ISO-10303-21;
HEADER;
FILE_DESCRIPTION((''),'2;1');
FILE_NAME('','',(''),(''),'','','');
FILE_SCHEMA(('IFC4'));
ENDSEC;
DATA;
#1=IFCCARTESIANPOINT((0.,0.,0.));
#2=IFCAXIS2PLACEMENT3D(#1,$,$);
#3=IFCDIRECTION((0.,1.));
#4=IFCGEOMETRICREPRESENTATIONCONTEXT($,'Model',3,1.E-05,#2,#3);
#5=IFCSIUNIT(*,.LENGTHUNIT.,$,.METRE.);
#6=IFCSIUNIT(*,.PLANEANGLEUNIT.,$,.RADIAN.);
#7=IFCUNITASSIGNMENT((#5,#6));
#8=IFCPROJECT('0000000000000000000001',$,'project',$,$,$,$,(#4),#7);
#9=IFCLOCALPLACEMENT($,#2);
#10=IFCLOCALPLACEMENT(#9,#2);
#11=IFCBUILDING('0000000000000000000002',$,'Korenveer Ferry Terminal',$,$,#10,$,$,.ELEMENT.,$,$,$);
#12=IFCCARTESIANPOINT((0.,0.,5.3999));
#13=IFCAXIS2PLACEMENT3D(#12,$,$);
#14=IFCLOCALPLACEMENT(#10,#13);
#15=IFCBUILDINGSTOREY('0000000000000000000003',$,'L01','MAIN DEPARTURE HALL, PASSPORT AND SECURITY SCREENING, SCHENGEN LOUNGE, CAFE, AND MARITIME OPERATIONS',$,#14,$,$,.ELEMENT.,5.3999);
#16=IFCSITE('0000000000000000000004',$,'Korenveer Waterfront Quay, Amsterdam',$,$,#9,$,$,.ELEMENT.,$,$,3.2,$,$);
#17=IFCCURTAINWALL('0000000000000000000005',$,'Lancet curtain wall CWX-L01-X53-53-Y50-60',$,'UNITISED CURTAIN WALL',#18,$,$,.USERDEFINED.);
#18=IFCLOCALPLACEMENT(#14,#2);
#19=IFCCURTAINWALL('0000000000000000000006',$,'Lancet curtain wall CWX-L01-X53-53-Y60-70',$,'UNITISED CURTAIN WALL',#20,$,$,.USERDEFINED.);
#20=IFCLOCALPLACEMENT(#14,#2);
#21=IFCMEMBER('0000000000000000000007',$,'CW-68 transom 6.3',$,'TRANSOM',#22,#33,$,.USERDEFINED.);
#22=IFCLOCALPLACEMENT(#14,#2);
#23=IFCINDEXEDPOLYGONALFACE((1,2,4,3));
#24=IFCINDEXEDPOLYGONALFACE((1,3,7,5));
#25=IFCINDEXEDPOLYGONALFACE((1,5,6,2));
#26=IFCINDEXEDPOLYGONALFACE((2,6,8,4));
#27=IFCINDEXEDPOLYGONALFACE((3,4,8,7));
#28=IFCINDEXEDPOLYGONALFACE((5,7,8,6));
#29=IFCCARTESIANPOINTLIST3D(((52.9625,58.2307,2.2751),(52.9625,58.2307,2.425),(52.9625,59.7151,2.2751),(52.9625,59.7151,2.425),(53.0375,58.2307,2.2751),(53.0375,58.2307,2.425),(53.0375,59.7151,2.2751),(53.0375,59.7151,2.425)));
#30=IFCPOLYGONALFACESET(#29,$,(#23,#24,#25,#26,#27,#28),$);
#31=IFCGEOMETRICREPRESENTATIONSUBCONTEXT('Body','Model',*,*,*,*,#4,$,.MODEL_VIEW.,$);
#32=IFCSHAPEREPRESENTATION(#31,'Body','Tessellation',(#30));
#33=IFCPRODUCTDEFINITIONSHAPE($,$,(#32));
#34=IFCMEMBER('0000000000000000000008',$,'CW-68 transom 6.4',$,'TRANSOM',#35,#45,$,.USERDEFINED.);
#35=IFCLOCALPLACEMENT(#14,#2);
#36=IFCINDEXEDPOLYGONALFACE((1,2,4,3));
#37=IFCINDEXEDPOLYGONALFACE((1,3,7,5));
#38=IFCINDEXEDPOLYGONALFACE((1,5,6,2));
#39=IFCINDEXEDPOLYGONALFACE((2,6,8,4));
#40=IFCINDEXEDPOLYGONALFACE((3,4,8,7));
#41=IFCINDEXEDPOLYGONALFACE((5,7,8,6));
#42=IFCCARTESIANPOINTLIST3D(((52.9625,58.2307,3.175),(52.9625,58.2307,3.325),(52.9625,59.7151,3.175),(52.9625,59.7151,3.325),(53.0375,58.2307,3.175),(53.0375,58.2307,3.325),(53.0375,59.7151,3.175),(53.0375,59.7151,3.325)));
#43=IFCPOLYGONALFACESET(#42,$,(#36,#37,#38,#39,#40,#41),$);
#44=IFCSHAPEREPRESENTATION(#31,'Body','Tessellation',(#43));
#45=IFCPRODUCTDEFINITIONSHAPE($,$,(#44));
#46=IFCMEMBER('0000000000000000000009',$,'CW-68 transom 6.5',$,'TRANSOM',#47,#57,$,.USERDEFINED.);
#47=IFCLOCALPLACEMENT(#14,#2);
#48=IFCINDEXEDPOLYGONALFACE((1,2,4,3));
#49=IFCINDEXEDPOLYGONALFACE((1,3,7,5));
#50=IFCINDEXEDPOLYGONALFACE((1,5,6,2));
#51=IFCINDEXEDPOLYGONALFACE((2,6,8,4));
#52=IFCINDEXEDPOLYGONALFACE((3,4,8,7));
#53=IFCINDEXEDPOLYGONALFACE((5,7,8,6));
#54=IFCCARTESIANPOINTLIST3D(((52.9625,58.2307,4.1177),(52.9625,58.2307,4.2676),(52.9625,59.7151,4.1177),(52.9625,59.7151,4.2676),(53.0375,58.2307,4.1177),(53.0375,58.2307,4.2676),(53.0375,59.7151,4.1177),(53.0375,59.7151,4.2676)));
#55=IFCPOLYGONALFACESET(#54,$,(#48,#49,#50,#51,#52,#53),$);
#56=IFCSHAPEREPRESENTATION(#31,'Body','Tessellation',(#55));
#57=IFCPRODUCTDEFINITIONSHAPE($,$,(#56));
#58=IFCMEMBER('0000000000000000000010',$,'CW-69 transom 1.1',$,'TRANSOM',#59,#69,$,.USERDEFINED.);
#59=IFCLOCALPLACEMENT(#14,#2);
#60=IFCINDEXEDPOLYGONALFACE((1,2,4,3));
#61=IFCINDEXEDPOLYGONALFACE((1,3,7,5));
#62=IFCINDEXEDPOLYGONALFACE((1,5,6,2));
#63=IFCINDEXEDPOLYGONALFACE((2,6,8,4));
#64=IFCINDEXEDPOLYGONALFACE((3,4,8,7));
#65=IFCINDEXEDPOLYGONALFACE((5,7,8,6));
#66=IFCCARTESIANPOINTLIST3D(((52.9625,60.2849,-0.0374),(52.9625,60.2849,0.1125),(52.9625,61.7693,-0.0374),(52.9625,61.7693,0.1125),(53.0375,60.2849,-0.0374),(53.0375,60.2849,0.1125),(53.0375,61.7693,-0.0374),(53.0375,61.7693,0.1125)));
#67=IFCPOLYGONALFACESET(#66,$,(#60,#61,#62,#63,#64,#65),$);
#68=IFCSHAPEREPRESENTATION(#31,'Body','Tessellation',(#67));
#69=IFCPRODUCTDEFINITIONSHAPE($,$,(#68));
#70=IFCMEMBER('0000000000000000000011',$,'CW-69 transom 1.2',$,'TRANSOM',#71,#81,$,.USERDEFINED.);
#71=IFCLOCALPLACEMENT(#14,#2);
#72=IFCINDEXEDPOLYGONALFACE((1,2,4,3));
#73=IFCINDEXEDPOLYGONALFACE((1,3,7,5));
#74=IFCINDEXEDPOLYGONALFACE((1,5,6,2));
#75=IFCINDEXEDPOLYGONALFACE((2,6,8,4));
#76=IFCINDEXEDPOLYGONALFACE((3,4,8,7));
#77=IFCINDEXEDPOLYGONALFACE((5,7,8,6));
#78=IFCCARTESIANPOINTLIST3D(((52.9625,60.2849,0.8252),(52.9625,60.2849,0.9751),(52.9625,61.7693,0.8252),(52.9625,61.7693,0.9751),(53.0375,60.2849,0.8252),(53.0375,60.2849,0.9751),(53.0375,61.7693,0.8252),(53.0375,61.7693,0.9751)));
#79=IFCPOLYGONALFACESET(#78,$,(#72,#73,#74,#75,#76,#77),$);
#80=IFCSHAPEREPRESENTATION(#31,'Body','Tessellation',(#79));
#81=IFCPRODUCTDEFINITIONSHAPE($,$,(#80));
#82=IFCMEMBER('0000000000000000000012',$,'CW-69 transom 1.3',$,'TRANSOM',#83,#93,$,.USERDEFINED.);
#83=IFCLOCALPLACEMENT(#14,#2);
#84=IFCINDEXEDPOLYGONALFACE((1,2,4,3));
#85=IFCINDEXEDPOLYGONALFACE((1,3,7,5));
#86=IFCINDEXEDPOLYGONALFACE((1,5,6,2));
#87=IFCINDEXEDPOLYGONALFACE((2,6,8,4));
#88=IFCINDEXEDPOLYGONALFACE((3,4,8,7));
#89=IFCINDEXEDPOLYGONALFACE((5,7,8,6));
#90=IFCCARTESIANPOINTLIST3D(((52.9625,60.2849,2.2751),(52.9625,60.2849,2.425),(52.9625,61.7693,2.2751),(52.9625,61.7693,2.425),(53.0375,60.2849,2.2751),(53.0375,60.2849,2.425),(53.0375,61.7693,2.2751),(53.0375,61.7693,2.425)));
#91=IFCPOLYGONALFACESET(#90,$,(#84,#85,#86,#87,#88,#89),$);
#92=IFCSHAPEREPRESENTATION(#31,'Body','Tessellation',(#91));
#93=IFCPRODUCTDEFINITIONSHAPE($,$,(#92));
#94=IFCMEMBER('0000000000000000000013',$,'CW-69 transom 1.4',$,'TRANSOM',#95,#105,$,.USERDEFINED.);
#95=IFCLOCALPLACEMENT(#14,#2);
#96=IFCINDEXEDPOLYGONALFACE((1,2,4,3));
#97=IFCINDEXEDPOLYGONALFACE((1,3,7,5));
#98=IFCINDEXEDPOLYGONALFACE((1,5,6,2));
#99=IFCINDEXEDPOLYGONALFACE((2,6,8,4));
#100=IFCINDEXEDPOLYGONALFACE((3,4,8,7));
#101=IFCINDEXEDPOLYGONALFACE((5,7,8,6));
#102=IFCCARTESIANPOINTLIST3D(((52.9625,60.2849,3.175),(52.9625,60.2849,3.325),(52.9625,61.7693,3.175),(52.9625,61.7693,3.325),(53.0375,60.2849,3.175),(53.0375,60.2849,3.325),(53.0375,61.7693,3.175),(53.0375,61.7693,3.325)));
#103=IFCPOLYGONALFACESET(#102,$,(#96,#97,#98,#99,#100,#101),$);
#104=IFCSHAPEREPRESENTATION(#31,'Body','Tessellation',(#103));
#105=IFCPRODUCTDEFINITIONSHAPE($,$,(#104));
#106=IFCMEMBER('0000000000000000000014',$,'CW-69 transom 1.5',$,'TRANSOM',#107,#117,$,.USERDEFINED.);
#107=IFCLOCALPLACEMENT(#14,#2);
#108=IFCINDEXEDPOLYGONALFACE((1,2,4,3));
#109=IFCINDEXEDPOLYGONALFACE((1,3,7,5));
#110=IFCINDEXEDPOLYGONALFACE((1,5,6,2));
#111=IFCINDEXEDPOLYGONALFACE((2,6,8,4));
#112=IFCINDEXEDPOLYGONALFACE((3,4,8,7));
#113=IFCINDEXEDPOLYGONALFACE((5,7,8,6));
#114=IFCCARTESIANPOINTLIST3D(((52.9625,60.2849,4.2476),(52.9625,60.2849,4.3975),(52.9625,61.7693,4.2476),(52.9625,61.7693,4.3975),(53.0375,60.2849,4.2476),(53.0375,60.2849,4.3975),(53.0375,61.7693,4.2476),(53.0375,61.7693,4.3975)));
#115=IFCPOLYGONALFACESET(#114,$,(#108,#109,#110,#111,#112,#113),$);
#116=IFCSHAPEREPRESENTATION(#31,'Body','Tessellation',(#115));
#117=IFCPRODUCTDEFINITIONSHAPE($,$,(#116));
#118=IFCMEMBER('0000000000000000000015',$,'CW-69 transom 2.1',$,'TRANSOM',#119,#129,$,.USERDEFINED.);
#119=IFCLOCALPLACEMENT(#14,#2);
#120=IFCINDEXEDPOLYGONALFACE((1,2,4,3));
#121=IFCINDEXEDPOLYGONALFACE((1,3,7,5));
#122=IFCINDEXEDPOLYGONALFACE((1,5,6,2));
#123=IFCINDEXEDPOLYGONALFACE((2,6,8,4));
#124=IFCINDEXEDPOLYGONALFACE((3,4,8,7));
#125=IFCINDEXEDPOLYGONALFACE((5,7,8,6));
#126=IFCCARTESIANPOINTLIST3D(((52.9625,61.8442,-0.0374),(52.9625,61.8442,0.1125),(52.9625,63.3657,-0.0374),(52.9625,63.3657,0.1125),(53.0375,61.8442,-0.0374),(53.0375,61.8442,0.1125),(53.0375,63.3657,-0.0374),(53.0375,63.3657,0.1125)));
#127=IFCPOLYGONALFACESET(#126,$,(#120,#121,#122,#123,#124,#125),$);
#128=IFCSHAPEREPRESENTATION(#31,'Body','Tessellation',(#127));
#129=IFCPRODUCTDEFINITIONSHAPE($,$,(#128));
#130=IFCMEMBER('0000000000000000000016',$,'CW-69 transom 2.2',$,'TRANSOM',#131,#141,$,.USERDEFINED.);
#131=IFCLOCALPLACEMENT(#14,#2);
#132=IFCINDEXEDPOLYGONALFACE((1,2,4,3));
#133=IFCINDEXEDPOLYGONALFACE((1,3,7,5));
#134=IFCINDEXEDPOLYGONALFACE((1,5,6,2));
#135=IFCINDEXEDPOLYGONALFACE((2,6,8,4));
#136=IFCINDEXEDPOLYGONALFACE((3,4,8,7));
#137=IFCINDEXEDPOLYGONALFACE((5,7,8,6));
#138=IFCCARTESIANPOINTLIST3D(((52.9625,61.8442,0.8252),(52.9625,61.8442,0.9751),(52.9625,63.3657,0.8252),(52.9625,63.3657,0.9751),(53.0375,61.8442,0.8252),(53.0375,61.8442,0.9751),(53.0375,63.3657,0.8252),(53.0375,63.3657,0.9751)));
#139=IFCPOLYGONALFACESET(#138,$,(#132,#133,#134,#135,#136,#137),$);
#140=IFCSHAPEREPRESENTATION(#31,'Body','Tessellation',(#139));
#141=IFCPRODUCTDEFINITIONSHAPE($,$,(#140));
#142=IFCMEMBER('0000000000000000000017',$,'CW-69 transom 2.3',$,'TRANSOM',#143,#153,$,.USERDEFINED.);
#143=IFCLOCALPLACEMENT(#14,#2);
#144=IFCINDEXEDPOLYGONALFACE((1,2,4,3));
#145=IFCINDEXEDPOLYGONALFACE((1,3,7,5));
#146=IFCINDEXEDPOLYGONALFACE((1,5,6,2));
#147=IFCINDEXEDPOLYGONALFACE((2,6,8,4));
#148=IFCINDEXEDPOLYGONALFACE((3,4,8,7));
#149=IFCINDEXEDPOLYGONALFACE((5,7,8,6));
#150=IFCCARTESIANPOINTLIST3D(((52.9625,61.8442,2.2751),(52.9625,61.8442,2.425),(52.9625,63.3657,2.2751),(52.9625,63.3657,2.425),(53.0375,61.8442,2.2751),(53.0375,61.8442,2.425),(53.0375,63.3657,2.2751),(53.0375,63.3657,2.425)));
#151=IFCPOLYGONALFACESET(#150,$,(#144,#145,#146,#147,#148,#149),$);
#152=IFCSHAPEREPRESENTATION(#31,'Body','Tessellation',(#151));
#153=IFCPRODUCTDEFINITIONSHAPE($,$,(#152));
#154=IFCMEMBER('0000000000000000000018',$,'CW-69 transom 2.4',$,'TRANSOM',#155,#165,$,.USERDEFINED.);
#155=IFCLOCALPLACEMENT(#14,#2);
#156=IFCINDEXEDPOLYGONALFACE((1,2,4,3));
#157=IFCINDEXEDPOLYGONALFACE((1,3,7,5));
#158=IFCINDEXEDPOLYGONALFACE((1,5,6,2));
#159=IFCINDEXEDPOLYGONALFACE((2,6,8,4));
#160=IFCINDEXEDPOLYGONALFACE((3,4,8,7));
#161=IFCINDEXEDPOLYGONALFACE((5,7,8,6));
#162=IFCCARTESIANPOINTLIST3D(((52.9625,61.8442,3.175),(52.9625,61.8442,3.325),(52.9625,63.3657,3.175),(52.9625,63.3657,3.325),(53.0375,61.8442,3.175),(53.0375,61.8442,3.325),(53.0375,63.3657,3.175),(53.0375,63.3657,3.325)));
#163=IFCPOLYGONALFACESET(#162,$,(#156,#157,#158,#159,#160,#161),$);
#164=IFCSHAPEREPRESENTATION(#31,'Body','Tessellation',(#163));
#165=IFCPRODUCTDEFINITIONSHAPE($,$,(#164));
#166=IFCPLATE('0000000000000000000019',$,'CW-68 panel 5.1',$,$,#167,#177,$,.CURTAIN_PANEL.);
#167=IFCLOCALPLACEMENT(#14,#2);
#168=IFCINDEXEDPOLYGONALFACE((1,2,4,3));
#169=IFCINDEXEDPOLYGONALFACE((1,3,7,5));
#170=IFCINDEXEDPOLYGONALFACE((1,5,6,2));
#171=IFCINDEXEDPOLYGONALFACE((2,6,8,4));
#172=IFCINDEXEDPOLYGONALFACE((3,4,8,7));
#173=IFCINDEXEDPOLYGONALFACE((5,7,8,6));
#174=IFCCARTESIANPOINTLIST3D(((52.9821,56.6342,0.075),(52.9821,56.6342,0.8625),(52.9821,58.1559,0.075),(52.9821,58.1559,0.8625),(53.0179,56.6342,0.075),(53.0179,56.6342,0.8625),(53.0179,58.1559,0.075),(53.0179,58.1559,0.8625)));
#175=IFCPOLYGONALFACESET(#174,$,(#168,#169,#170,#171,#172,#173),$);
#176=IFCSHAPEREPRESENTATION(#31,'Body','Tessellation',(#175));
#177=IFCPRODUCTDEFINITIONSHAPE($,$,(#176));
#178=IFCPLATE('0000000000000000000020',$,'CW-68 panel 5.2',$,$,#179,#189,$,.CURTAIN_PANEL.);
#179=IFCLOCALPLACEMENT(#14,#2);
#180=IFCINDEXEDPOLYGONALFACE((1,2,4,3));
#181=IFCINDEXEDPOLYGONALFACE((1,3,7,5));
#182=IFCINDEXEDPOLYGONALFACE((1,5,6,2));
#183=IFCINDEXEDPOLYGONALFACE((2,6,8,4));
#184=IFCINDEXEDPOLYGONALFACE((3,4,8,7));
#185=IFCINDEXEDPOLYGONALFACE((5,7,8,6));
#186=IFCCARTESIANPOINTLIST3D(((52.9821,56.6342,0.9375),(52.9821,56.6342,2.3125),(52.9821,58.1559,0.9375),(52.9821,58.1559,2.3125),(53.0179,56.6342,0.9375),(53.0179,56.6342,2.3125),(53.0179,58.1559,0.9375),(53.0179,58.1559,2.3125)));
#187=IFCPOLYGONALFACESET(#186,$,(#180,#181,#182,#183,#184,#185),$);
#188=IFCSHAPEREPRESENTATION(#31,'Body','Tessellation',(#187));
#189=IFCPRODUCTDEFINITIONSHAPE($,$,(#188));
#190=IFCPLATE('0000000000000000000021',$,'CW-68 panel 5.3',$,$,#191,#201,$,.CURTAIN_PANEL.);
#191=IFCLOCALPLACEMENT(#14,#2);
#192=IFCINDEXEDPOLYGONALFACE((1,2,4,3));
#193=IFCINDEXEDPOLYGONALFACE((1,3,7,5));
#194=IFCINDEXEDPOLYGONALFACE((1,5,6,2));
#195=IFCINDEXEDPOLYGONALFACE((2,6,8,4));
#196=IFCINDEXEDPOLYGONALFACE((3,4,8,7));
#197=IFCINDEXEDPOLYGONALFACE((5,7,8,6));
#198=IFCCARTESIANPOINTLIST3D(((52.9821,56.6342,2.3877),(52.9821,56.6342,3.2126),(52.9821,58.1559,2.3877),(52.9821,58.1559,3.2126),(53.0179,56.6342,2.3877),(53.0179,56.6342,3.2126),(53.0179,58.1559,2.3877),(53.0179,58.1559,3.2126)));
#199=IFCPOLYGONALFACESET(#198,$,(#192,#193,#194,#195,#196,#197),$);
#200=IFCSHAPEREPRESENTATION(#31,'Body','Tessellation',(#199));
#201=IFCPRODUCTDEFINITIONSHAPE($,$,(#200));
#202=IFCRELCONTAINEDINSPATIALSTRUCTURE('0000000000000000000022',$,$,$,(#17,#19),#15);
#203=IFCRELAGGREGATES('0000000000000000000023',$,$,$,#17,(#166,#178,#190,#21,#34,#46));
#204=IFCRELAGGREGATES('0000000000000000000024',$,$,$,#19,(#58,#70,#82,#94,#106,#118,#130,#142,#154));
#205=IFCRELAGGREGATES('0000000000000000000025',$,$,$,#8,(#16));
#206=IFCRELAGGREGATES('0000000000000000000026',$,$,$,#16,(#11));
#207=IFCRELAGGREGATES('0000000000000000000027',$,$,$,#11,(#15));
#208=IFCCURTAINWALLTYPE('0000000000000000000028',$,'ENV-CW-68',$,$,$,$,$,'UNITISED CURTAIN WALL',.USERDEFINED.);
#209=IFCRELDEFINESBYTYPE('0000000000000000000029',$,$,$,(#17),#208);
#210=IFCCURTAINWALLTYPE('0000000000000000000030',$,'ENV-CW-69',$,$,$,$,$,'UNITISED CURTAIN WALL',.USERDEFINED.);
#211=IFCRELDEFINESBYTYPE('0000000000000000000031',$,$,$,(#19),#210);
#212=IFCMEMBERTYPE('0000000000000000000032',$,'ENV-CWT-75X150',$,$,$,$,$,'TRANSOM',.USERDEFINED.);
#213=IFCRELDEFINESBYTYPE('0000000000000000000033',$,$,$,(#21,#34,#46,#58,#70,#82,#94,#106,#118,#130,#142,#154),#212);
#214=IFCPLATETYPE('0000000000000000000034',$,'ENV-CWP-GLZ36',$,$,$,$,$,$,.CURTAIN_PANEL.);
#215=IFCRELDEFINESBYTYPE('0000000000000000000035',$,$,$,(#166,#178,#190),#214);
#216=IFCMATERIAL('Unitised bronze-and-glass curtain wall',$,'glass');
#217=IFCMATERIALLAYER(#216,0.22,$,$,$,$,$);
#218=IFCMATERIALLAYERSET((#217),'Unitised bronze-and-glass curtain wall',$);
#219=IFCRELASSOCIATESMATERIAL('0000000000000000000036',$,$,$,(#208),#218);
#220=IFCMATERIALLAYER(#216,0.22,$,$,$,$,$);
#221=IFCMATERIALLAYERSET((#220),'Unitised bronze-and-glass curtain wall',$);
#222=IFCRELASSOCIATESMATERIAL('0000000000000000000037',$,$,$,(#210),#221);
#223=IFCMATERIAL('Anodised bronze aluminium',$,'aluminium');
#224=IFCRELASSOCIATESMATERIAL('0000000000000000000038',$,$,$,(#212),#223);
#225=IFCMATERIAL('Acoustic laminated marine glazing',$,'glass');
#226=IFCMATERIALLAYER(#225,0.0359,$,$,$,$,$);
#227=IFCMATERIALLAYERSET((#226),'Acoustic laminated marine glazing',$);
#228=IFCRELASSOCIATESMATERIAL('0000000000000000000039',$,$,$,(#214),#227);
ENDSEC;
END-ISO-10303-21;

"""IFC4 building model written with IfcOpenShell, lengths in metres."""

from ifc_helpers import new_model, si_unit, direction, frame, origin, origin_2d, place, context, subcontext, project, spatial, rectangle, extrude, material, layer, layer_set, material_profile, profile_set, type_object, element, aggregate, save


model = new_model("IFC4")

# Units and contexts
model_context = context("Model", 3, precision=1e-05, world=origin(), true_north=direction((0.0, 1.0)))
body_context = subcontext(model_context, "Body", "Model", "MODEL_VIEW")
ifc_project = project(units=[si_unit("LENGTHUNIT", "METRE"), si_unit("PLANEANGLEUNIT", "RADIAN")], contexts=[model_context])

# Site, building, storey
site_placement = place(None, origin())
site = spatial("IfcSite", under=ifc_project, at=site_placement, Name="Korenveer Waterfront Quay, Amsterdam", CompositionType="ELEMENT", RefElevation=3.2)
building_placement = place(site_placement, origin())
building = spatial("IfcBuilding", under=site, at=building_placement, Name="Korenveer Ferry Terminal", CompositionType="ELEMENT")
storey_placement = place(building_placement, frame((0.0, 0.0, 5.3999)))
storey = spatial("IfcBuildingStorey", under=building, at=storey_placement, Name="L01", Description="MAIN DEPARTURE HALL, PASSPORT AND SECURITY SCREENING, SCHENGEN LOUNGE, CAFE, AND MARITIME OPERATIONS", CompositionType="ELEMENT", Elevation=5.3999)

# Curtain walls
ifc_material_1 = material(Name="Unitised bronze-and-glass curtain wall", Category="glass")
ifc_layer_1 = layer(ifc_material_1, 0.22)
ifc_layer_set_1 = layer_set([ifc_layer_1], Name="Unitised bronze-and-glass curtain wall")
curtain_wall_type_1 = type_object("IfcCurtainWallType", Name="ENV-CW-68", ElementType="UNITISED CURTAIN WALL", PredefinedType="USERDEFINED", material=ifc_layer_set_1)
curtain_wall_1_placement = place(storey_placement, frame((53.0, 50.21, 0.0)))
curtain_wall_1 = element("IfcCurtainWall", 1, at=curtain_wall_1_placement, inside=storey, type_object=curtain_wall_type_1, Name="Lancet curtain wall CWX-L01-X53-53-Y50-60", ObjectType="UNITISED CURTAIN WALL", PredefinedType="USERDEFINED")
ifc_material_2 = material(Name="Anodised bronze aluminium", Category="aluminium")
ifc_layer_2 = layer(ifc_material_1, 0.22)
ifc_layer_set_2 = layer_set([ifc_layer_2], Name="Unitised bronze-and-glass curtain wall")
curtain_wall_type_2 = type_object("IfcCurtainWallType", Name="ENV-CW-69", ElementType="UNITISED CURTAIN WALL", PredefinedType="USERDEFINED", material=ifc_layer_set_2)
curtain_wall_2_placement = place(storey_placement, frame((53.0, 60.21, 0.0)))
curtain_wall_2 = element("IfcCurtainWall", 2, at=curtain_wall_2_placement, inside=storey, type_object=curtain_wall_type_2, Name="Lancet curtain wall CWX-L01-X53-53-Y60-70", ObjectType="UNITISED CURTAIN WALL", PredefinedType="USERDEFINED")

# Members
ifc_material_profile_1 = material_profile(ifc_material_2, rectangle(XDim=0.075, YDim=0.1499, at=origin_2d()), Name="ALU 75x150")
ifc_profile_set_1 = profile_set([ifc_material_profile_1], Name="Anodised bronze aluminium")
member_type_1 = type_object("IfcMemberType", Name="ENV-CWT-75X150", ElementType="TRANSOM", PredefinedType="USERDEFINED", material=ifc_profile_set_1)
member_1_placement = place(storey_placement, frame((53.0, 58.2307, 2.3501), z_axis=(0.0, 1.0, 0.0), x_axis=(-1.0, 0.0, 0.0)))
member_1 = element("IfcMember", 3, at=member_1_placement, type_object=member_type_1, Name="CW-68 transom 6.3", ObjectType="TRANSOM", PredefinedType="USERDEFINED", context=body_context, shape_type="SweptSolid", body=[
    extrude(rectangle(XDim=0.075, YDim=0.1499, at=origin_2d()), origin(), (0.0, 0.0, 1.0), 1.4844),
])
member_2_placement = place(storey_placement, frame((53.0, 58.2307, 3.25), z_axis=(0.0, 1.0, 0.0), x_axis=(-1.0, 0.0, 0.0)))
member_2 = element("IfcMember", 4, at=member_2_placement, type_object=member_type_1, Name="CW-68 transom 6.4", ObjectType="TRANSOM", PredefinedType="USERDEFINED", context=body_context, shape_type="SweptSolid", body=[
    extrude(rectangle(XDim=0.075, YDim=0.1499, at=origin_2d()), origin(), (0.0, 0.0, 1.0), 1.4844),
])
member_3_placement = place(storey_placement, frame((53.0, 58.2307, 4.1926), z_axis=(0.0, 1.0, 0.0), x_axis=(-1.0, 0.0, 0.0)))
member_3 = element("IfcMember", 5, at=member_3_placement, type_object=member_type_1, Name="CW-68 transom 6.5", ObjectType="TRANSOM", PredefinedType="USERDEFINED", context=body_context, shape_type="SweptSolid", body=[
    extrude(rectangle(XDim=0.075, YDim=0.1499, at=origin_2d()), origin(), (0.0, 0.0, 1.0), 1.4844),
])
member_4_placement = place(storey_placement, frame((53.0, 60.2849, 0.0376), z_axis=(0.0, 1.0, 0.0), x_axis=(-1.0, 0.0, 0.0)))
member_4 = element("IfcMember", 6, at=member_4_placement, type_object=member_type_1, Name="CW-69 transom 1.1", ObjectType="TRANSOM", PredefinedType="USERDEFINED", context=body_context, shape_type="SweptSolid", body=[
    extrude(rectangle(XDim=0.075, YDim=0.1499, at=origin_2d()), origin(), (0.0, 0.0, 1.0), 1.4844),
])
member_5_placement = place(storey_placement, frame((53.0, 60.2849, 0.9001), z_axis=(0.0, 1.0, 0.0), x_axis=(-1.0, 0.0, 0.0)))
member_5 = element("IfcMember", 7, at=member_5_placement, type_object=member_type_1, Name="CW-69 transom 1.2", ObjectType="TRANSOM", PredefinedType="USERDEFINED", context=body_context, shape_type="SweptSolid", body=[
    extrude(rectangle(XDim=0.075, YDim=0.1499, at=origin_2d()), origin(), (0.0, 0.0, 1.0), 1.4844),
])
member_6_placement = place(storey_placement, frame((53.0, 60.2849, 2.3501), z_axis=(0.0, 1.0, 0.0), x_axis=(-1.0, 0.0, 0.0)))
member_6 = element("IfcMember", 8, at=member_6_placement, type_object=member_type_1, Name="CW-69 transom 1.3", ObjectType="TRANSOM", PredefinedType="USERDEFINED", context=body_context, shape_type="SweptSolid", body=[
    extrude(rectangle(XDim=0.075, YDim=0.1499, at=origin_2d()), origin(), (0.0, 0.0, 1.0), 1.4844),
])
member_7_placement = place(storey_placement, frame((53.0, 60.2849, 3.25), z_axis=(0.0, 1.0, 0.0), x_axis=(-1.0, 0.0, 0.0)))
member_7 = element("IfcMember", 9, at=member_7_placement, type_object=member_type_1, Name="CW-69 transom 1.4", ObjectType="TRANSOM", PredefinedType="USERDEFINED", context=body_context, shape_type="SweptSolid", body=[
    extrude(rectangle(XDim=0.075, YDim=0.1499, at=origin_2d()), origin(), (0.0, 0.0, 1.0), 1.4844),
])
member_8_placement = place(storey_placement, frame((53.0, 60.2849, 4.3225), z_axis=(0.0, 1.0, 0.0), x_axis=(-1.0, 0.0, 0.0)))
member_8 = element("IfcMember", 10, at=member_8_placement, type_object=member_type_1, Name="CW-69 transom 1.5", ObjectType="TRANSOM", PredefinedType="USERDEFINED", context=body_context, shape_type="SweptSolid", body=[
    extrude(rectangle(XDim=0.075, YDim=0.1499, at=origin_2d()), origin(), (0.0, 0.0, 1.0), 1.4844),
])
member_9_placement = place(storey_placement, frame((53.0, 61.8442, 0.0376), z_axis=(0.0, 1.0, 0.0), x_axis=(-1.0, 0.0, 0.0)))
member_9 = element("IfcMember", 11, at=member_9_placement, type_object=member_type_1, Name="CW-69 transom 2.1", ObjectType="TRANSOM", PredefinedType="USERDEFINED", context=body_context, shape_type="SweptSolid", body=[
    extrude(rectangle(XDim=0.075, YDim=0.1499, at=origin_2d()), origin(), (0.0, 0.0, 1.0), 1.5215),
])
member_10_placement = place(storey_placement, frame((53.0, 61.8442, 0.9001), z_axis=(0.0, 1.0, 0.0), x_axis=(-1.0, 0.0, 0.0)))
member_10 = element("IfcMember", 12, at=member_10_placement, type_object=member_type_1, Name="CW-69 transom 2.2", ObjectType="TRANSOM", PredefinedType="USERDEFINED", context=body_context, shape_type="SweptSolid", body=[
    extrude(rectangle(XDim=0.075, YDim=0.1499, at=origin_2d()), origin(), (0.0, 0.0, 1.0), 1.5215),
])
member_11_placement = place(storey_placement, frame((53.0, 61.8442, 2.3501), z_axis=(0.0, 1.0, 0.0), x_axis=(-1.0, 0.0, 0.0)))
member_11 = element("IfcMember", 13, at=member_11_placement, type_object=member_type_1, Name="CW-69 transom 2.3", ObjectType="TRANSOM", PredefinedType="USERDEFINED", context=body_context, shape_type="SweptSolid", body=[
    extrude(rectangle(XDim=0.075, YDim=0.1499, at=origin_2d()), origin(), (0.0, 0.0, 1.0), 1.5215),
])
member_12_placement = place(storey_placement, frame((53.0, 61.8442, 3.25), z_axis=(0.0, 1.0, 0.0), x_axis=(-1.0, 0.0, 0.0)))
member_12 = element("IfcMember", 14, at=member_12_placement, type_object=member_type_1, Name="CW-69 transom 2.4", ObjectType="TRANSOM", PredefinedType="USERDEFINED", context=body_context, shape_type="SweptSolid", body=[
    extrude(rectangle(XDim=0.075, YDim=0.1499, at=origin_2d()), origin(), (0.0, 0.0, 1.0), 1.5215),
])

# Plates
ifc_material_3 = material(Name="Acoustic laminated marine glazing", Category="glass")
ifc_layer_3 = layer(ifc_material_3, 0.0359)
ifc_layer_set_3 = layer_set([ifc_layer_3], Name="Acoustic laminated marine glazing")
plate_type = type_object("IfcPlateType", Name="ENV-CWP-GLZ36", PredefinedType="CURTAIN_PANEL", material=ifc_layer_set_3)
plate_1_placement = place(storey_placement, frame((53.0, 57.395, 0.075), z_axis=(0.0, 0.0, 1.0), x_axis=(0.0, 1.0, 0.0)))
plate_1 = element("IfcPlate", 15, at=plate_1_placement, type_object=plate_type, Name="CW-68 panel 5.1", PredefinedType="CURTAIN_PANEL", context=body_context, shape_type="SweptSolid", body=[
    extrude(rectangle(XDim=1.5217, YDim=0.0359, at=origin_2d()), origin(), (0.0, 0.0, 1.0), 0.7876),
])
plate_2_placement = place(storey_placement, frame((53.0, 57.395, 0.9375), z_axis=(0.0, 0.0, 1.0), x_axis=(0.0, 1.0, 0.0)))
plate_2 = element("IfcPlate", 16, at=plate_2_placement, type_object=plate_type, Name="CW-68 panel 5.2", PredefinedType="CURTAIN_PANEL", context=body_context, shape_type="SweptSolid", body=[
    extrude(rectangle(XDim=1.5217, YDim=0.0359, at=origin_2d()), origin(), (0.0, 0.0, 1.0), 1.375),
])
plate_3_placement = place(storey_placement, frame((53.0, 57.395, 2.3877), z_axis=(0.0, 0.0, 1.0), x_axis=(0.0, 1.0, 0.0)))
plate_3 = element("IfcPlate", 17, at=plate_3_placement, type_object=plate_type, Name="CW-68 panel 5.3", PredefinedType="CURTAIN_PANEL", context=body_context, shape_type="SweptSolid", body=[
    extrude(rectangle(XDim=1.5217, YDim=0.0359, at=origin_2d()), origin(), (0.0, 0.0, 1.0), 0.825),
])
aggregate(curtain_wall_1, [plate_1, plate_2, plate_3, member_1, member_2, member_3])
aggregate(curtain_wall_2, [member_4, member_5, member_6, member_7, member_8, member_9, member_10, member_11, member_12])

save(model, "model.ifc")
